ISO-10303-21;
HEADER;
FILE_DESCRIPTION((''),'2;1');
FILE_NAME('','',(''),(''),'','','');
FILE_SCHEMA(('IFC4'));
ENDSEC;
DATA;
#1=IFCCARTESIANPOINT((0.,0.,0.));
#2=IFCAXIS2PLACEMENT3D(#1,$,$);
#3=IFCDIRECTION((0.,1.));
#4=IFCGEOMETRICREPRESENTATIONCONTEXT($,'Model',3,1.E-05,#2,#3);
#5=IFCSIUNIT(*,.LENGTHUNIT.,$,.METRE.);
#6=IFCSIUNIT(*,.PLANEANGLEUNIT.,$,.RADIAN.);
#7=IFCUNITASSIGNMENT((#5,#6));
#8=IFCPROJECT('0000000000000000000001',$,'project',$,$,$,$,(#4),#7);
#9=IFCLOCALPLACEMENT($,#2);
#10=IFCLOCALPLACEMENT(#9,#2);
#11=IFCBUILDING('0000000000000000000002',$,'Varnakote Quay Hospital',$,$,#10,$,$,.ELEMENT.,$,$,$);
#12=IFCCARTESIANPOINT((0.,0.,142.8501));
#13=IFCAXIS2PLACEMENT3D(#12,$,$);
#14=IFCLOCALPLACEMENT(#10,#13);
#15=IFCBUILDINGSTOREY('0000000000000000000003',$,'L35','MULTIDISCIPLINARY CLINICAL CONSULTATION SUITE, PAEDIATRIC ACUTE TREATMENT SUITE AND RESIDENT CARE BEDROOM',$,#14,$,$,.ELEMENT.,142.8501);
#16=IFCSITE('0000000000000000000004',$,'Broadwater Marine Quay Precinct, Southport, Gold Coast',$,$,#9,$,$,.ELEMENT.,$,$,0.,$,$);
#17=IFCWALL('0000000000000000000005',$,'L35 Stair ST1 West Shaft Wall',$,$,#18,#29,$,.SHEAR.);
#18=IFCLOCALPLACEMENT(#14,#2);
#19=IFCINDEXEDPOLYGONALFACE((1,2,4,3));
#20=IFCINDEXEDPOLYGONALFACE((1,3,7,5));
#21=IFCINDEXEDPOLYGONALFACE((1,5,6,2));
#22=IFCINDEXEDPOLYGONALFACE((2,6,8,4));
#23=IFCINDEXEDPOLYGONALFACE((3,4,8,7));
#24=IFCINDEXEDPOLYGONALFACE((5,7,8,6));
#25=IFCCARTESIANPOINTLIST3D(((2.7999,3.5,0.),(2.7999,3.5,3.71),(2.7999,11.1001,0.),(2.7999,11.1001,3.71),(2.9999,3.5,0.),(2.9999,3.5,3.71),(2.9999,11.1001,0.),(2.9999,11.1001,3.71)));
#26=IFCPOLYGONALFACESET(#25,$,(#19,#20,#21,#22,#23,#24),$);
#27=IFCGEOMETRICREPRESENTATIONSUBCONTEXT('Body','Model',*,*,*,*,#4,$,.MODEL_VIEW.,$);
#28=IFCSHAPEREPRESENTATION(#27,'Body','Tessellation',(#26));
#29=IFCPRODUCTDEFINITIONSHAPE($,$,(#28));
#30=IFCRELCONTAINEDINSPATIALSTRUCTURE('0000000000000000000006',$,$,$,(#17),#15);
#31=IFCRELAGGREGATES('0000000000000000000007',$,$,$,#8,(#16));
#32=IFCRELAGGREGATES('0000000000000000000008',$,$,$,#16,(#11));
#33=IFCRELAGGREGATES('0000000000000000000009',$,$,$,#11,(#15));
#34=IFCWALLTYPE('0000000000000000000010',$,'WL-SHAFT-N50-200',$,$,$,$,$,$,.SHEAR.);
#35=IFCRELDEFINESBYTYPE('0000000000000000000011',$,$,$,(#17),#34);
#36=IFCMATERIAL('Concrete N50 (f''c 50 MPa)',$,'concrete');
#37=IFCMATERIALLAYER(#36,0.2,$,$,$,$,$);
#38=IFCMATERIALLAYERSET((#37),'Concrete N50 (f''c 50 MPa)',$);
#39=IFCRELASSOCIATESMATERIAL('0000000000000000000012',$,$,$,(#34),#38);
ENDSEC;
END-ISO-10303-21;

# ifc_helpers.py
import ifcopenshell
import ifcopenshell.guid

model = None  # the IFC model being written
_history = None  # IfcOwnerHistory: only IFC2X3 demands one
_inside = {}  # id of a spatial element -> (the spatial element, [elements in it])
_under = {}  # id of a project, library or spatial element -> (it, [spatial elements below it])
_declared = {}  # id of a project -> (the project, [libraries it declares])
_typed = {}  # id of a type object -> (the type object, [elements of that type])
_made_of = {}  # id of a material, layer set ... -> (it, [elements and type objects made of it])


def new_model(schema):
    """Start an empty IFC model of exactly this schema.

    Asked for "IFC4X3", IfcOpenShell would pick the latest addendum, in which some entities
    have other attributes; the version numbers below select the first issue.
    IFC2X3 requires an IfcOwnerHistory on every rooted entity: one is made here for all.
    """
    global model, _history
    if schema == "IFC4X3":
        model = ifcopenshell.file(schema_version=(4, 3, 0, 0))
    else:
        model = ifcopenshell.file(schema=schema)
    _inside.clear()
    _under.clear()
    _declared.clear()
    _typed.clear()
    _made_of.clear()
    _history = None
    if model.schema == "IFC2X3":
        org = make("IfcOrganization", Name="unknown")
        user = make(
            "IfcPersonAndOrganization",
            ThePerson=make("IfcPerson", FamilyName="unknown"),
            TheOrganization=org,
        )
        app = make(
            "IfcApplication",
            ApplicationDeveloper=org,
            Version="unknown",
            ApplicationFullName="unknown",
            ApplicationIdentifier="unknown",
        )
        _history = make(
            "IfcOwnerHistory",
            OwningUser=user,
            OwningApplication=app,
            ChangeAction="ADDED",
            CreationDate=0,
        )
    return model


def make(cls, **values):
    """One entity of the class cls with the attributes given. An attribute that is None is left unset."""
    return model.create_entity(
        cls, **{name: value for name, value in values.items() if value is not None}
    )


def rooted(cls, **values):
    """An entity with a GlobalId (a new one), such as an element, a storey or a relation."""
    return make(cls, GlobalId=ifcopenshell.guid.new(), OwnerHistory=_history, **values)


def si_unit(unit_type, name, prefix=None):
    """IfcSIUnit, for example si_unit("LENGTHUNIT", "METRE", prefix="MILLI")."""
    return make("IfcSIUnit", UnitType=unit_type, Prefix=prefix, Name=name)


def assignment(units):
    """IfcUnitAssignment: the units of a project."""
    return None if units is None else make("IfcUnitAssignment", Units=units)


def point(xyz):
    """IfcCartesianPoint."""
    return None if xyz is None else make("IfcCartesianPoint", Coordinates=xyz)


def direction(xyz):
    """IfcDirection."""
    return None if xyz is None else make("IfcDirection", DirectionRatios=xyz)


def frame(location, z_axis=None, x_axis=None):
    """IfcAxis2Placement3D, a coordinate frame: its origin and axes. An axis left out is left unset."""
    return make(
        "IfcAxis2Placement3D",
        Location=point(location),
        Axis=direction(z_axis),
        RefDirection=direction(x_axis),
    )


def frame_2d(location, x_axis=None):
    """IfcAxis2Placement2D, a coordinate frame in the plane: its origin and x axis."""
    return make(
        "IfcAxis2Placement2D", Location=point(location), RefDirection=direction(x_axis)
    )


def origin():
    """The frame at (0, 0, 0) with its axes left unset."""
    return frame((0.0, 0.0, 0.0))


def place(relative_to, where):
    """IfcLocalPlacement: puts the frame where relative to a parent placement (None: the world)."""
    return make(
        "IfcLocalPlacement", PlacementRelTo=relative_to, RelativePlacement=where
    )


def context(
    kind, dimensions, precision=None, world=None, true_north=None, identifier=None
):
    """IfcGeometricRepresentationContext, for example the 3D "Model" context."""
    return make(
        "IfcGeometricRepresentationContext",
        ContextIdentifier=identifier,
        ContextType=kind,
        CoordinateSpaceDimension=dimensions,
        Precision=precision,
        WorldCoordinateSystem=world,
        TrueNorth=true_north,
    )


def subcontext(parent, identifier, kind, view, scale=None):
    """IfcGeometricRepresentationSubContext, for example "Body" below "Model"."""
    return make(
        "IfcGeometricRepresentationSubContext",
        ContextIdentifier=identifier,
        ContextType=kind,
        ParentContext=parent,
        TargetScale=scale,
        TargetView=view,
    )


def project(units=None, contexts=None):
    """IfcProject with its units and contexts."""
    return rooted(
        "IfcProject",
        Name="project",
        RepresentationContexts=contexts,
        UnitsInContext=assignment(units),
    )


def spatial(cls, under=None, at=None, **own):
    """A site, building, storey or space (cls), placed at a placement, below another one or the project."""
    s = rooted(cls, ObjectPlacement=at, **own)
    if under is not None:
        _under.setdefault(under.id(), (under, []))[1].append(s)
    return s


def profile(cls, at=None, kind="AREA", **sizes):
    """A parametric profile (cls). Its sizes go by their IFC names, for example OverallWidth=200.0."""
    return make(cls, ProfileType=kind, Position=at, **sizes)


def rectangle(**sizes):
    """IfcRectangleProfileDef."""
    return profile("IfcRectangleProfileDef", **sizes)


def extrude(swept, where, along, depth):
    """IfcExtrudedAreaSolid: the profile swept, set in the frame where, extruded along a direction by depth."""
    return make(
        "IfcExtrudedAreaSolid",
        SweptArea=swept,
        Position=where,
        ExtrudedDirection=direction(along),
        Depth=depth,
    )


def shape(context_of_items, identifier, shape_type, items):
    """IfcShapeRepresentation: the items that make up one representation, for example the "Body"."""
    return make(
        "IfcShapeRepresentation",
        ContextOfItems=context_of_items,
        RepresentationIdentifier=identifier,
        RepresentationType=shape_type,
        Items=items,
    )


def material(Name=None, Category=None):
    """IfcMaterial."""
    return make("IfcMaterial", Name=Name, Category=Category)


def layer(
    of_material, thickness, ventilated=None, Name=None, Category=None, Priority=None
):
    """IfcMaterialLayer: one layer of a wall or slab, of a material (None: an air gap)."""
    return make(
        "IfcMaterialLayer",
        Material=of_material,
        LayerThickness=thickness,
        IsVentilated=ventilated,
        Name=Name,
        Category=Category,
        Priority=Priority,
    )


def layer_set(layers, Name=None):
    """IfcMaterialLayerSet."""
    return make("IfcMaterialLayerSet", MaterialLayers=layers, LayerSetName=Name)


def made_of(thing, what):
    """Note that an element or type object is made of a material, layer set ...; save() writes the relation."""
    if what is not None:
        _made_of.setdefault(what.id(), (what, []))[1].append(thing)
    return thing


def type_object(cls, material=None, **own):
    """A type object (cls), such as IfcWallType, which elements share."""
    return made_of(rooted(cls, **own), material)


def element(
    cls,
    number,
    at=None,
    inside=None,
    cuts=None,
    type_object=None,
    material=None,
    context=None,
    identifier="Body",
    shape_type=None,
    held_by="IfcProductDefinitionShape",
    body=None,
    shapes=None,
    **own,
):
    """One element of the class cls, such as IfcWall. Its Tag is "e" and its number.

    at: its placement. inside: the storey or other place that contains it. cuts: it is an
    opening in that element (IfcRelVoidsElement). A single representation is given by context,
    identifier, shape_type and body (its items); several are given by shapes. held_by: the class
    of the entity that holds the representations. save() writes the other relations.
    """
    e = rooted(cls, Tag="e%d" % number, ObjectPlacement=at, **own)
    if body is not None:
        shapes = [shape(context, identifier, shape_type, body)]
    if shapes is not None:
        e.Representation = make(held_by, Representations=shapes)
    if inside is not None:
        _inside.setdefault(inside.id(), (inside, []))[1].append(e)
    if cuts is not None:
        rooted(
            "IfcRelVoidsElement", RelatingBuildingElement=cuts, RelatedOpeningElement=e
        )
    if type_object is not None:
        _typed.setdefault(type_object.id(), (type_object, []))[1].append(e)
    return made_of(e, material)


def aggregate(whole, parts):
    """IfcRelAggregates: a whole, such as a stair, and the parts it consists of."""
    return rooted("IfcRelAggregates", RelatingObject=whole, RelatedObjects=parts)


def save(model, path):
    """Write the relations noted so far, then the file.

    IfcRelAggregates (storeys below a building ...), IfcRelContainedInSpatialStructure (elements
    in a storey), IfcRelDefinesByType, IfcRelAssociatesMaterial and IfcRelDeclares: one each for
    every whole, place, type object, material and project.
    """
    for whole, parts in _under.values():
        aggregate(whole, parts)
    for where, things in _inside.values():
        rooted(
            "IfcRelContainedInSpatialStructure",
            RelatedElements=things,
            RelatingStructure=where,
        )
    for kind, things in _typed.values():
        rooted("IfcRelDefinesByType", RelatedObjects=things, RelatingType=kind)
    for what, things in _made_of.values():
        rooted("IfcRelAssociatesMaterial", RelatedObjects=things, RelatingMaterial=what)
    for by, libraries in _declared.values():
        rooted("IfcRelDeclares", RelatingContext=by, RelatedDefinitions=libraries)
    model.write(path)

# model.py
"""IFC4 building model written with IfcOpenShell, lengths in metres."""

from ifc_helpers import new_model, si_unit, direction, frame, frame_2d, origin, place, context, subcontext, project, spatial, rectangle, extrude, material, layer, layer_set, type_object, element, save


model = new_model("IFC4")

# Units and contexts
model_context = context("Model", 3, precision=1e-05, world=origin(), true_north=direction((0.0, 1.0)))
body_context = subcontext(model_context, "Body", "Model", "MODEL_VIEW")
ifc_project = project(units=[si_unit("LENGTHUNIT", "METRE"), si_unit("PLANEANGLEUNIT", "RADIAN")], contexts=[model_context])

# Site, building, storey
site_placement = place(None, origin())
site = spatial("IfcSite", under=ifc_project, at=site_placement, Name="Broadwater Marine Quay Precinct, Southport, Gold Coast", CompositionType="ELEMENT", RefElevation=0.0)
building_placement = place(site_placement, origin())
building = spatial("IfcBuilding", under=site, at=building_placement, Name="Varnakote Quay Hospital", CompositionType="ELEMENT")
storey_placement = place(building_placement, frame((0.0, 0.0, 142.8501)))
storey = spatial("IfcBuildingStorey", under=building, at=storey_placement, Name="L35", Description="MULTIDISCIPLINARY CLINICAL CONSULTATION SUITE, PAEDIATRIC ACUTE TREATMENT SUITE AND RESIDENT CARE BEDROOM", CompositionType="ELEMENT", Elevation=142.8501)

# Wall
ifc_material_1 = material(Name="Concrete N50 (f'c 50 MPa)", Category="concrete")
ifc_layer_1 = layer(ifc_material_1, 0.2)
ifc_layer_set_1 = layer_set([ifc_layer_1], Name="Concrete N50 (f'c 50 MPa)")
wall_type_1 = type_object("IfcWallType", Name="WL-SHAFT-N50-200", PredefinedType="SHEAR", material=ifc_layer_set_1)
wall_1_placement = place(storey_placement, frame((2.8999, 3.5, 0.0), z_axis=(0.0, 0.0, 1.0), x_axis=(0.0, 1.0, 0.0)))
element("IfcWall", 1, at=wall_1_placement, inside=storey, type_object=wall_type_1, Name="L35 Stair ST1 West Shaft Wall", PredefinedType="SHEAR", context=body_context, shape_type="SweptSolid", body=[
    extrude(rectangle(XDim=7.6001, YDim=0.2, at=frame_2d((3.8, 0.0))), origin(), (0.0, 0.0, 1.0), 3.71),
])

save(model, "model.ifc")
